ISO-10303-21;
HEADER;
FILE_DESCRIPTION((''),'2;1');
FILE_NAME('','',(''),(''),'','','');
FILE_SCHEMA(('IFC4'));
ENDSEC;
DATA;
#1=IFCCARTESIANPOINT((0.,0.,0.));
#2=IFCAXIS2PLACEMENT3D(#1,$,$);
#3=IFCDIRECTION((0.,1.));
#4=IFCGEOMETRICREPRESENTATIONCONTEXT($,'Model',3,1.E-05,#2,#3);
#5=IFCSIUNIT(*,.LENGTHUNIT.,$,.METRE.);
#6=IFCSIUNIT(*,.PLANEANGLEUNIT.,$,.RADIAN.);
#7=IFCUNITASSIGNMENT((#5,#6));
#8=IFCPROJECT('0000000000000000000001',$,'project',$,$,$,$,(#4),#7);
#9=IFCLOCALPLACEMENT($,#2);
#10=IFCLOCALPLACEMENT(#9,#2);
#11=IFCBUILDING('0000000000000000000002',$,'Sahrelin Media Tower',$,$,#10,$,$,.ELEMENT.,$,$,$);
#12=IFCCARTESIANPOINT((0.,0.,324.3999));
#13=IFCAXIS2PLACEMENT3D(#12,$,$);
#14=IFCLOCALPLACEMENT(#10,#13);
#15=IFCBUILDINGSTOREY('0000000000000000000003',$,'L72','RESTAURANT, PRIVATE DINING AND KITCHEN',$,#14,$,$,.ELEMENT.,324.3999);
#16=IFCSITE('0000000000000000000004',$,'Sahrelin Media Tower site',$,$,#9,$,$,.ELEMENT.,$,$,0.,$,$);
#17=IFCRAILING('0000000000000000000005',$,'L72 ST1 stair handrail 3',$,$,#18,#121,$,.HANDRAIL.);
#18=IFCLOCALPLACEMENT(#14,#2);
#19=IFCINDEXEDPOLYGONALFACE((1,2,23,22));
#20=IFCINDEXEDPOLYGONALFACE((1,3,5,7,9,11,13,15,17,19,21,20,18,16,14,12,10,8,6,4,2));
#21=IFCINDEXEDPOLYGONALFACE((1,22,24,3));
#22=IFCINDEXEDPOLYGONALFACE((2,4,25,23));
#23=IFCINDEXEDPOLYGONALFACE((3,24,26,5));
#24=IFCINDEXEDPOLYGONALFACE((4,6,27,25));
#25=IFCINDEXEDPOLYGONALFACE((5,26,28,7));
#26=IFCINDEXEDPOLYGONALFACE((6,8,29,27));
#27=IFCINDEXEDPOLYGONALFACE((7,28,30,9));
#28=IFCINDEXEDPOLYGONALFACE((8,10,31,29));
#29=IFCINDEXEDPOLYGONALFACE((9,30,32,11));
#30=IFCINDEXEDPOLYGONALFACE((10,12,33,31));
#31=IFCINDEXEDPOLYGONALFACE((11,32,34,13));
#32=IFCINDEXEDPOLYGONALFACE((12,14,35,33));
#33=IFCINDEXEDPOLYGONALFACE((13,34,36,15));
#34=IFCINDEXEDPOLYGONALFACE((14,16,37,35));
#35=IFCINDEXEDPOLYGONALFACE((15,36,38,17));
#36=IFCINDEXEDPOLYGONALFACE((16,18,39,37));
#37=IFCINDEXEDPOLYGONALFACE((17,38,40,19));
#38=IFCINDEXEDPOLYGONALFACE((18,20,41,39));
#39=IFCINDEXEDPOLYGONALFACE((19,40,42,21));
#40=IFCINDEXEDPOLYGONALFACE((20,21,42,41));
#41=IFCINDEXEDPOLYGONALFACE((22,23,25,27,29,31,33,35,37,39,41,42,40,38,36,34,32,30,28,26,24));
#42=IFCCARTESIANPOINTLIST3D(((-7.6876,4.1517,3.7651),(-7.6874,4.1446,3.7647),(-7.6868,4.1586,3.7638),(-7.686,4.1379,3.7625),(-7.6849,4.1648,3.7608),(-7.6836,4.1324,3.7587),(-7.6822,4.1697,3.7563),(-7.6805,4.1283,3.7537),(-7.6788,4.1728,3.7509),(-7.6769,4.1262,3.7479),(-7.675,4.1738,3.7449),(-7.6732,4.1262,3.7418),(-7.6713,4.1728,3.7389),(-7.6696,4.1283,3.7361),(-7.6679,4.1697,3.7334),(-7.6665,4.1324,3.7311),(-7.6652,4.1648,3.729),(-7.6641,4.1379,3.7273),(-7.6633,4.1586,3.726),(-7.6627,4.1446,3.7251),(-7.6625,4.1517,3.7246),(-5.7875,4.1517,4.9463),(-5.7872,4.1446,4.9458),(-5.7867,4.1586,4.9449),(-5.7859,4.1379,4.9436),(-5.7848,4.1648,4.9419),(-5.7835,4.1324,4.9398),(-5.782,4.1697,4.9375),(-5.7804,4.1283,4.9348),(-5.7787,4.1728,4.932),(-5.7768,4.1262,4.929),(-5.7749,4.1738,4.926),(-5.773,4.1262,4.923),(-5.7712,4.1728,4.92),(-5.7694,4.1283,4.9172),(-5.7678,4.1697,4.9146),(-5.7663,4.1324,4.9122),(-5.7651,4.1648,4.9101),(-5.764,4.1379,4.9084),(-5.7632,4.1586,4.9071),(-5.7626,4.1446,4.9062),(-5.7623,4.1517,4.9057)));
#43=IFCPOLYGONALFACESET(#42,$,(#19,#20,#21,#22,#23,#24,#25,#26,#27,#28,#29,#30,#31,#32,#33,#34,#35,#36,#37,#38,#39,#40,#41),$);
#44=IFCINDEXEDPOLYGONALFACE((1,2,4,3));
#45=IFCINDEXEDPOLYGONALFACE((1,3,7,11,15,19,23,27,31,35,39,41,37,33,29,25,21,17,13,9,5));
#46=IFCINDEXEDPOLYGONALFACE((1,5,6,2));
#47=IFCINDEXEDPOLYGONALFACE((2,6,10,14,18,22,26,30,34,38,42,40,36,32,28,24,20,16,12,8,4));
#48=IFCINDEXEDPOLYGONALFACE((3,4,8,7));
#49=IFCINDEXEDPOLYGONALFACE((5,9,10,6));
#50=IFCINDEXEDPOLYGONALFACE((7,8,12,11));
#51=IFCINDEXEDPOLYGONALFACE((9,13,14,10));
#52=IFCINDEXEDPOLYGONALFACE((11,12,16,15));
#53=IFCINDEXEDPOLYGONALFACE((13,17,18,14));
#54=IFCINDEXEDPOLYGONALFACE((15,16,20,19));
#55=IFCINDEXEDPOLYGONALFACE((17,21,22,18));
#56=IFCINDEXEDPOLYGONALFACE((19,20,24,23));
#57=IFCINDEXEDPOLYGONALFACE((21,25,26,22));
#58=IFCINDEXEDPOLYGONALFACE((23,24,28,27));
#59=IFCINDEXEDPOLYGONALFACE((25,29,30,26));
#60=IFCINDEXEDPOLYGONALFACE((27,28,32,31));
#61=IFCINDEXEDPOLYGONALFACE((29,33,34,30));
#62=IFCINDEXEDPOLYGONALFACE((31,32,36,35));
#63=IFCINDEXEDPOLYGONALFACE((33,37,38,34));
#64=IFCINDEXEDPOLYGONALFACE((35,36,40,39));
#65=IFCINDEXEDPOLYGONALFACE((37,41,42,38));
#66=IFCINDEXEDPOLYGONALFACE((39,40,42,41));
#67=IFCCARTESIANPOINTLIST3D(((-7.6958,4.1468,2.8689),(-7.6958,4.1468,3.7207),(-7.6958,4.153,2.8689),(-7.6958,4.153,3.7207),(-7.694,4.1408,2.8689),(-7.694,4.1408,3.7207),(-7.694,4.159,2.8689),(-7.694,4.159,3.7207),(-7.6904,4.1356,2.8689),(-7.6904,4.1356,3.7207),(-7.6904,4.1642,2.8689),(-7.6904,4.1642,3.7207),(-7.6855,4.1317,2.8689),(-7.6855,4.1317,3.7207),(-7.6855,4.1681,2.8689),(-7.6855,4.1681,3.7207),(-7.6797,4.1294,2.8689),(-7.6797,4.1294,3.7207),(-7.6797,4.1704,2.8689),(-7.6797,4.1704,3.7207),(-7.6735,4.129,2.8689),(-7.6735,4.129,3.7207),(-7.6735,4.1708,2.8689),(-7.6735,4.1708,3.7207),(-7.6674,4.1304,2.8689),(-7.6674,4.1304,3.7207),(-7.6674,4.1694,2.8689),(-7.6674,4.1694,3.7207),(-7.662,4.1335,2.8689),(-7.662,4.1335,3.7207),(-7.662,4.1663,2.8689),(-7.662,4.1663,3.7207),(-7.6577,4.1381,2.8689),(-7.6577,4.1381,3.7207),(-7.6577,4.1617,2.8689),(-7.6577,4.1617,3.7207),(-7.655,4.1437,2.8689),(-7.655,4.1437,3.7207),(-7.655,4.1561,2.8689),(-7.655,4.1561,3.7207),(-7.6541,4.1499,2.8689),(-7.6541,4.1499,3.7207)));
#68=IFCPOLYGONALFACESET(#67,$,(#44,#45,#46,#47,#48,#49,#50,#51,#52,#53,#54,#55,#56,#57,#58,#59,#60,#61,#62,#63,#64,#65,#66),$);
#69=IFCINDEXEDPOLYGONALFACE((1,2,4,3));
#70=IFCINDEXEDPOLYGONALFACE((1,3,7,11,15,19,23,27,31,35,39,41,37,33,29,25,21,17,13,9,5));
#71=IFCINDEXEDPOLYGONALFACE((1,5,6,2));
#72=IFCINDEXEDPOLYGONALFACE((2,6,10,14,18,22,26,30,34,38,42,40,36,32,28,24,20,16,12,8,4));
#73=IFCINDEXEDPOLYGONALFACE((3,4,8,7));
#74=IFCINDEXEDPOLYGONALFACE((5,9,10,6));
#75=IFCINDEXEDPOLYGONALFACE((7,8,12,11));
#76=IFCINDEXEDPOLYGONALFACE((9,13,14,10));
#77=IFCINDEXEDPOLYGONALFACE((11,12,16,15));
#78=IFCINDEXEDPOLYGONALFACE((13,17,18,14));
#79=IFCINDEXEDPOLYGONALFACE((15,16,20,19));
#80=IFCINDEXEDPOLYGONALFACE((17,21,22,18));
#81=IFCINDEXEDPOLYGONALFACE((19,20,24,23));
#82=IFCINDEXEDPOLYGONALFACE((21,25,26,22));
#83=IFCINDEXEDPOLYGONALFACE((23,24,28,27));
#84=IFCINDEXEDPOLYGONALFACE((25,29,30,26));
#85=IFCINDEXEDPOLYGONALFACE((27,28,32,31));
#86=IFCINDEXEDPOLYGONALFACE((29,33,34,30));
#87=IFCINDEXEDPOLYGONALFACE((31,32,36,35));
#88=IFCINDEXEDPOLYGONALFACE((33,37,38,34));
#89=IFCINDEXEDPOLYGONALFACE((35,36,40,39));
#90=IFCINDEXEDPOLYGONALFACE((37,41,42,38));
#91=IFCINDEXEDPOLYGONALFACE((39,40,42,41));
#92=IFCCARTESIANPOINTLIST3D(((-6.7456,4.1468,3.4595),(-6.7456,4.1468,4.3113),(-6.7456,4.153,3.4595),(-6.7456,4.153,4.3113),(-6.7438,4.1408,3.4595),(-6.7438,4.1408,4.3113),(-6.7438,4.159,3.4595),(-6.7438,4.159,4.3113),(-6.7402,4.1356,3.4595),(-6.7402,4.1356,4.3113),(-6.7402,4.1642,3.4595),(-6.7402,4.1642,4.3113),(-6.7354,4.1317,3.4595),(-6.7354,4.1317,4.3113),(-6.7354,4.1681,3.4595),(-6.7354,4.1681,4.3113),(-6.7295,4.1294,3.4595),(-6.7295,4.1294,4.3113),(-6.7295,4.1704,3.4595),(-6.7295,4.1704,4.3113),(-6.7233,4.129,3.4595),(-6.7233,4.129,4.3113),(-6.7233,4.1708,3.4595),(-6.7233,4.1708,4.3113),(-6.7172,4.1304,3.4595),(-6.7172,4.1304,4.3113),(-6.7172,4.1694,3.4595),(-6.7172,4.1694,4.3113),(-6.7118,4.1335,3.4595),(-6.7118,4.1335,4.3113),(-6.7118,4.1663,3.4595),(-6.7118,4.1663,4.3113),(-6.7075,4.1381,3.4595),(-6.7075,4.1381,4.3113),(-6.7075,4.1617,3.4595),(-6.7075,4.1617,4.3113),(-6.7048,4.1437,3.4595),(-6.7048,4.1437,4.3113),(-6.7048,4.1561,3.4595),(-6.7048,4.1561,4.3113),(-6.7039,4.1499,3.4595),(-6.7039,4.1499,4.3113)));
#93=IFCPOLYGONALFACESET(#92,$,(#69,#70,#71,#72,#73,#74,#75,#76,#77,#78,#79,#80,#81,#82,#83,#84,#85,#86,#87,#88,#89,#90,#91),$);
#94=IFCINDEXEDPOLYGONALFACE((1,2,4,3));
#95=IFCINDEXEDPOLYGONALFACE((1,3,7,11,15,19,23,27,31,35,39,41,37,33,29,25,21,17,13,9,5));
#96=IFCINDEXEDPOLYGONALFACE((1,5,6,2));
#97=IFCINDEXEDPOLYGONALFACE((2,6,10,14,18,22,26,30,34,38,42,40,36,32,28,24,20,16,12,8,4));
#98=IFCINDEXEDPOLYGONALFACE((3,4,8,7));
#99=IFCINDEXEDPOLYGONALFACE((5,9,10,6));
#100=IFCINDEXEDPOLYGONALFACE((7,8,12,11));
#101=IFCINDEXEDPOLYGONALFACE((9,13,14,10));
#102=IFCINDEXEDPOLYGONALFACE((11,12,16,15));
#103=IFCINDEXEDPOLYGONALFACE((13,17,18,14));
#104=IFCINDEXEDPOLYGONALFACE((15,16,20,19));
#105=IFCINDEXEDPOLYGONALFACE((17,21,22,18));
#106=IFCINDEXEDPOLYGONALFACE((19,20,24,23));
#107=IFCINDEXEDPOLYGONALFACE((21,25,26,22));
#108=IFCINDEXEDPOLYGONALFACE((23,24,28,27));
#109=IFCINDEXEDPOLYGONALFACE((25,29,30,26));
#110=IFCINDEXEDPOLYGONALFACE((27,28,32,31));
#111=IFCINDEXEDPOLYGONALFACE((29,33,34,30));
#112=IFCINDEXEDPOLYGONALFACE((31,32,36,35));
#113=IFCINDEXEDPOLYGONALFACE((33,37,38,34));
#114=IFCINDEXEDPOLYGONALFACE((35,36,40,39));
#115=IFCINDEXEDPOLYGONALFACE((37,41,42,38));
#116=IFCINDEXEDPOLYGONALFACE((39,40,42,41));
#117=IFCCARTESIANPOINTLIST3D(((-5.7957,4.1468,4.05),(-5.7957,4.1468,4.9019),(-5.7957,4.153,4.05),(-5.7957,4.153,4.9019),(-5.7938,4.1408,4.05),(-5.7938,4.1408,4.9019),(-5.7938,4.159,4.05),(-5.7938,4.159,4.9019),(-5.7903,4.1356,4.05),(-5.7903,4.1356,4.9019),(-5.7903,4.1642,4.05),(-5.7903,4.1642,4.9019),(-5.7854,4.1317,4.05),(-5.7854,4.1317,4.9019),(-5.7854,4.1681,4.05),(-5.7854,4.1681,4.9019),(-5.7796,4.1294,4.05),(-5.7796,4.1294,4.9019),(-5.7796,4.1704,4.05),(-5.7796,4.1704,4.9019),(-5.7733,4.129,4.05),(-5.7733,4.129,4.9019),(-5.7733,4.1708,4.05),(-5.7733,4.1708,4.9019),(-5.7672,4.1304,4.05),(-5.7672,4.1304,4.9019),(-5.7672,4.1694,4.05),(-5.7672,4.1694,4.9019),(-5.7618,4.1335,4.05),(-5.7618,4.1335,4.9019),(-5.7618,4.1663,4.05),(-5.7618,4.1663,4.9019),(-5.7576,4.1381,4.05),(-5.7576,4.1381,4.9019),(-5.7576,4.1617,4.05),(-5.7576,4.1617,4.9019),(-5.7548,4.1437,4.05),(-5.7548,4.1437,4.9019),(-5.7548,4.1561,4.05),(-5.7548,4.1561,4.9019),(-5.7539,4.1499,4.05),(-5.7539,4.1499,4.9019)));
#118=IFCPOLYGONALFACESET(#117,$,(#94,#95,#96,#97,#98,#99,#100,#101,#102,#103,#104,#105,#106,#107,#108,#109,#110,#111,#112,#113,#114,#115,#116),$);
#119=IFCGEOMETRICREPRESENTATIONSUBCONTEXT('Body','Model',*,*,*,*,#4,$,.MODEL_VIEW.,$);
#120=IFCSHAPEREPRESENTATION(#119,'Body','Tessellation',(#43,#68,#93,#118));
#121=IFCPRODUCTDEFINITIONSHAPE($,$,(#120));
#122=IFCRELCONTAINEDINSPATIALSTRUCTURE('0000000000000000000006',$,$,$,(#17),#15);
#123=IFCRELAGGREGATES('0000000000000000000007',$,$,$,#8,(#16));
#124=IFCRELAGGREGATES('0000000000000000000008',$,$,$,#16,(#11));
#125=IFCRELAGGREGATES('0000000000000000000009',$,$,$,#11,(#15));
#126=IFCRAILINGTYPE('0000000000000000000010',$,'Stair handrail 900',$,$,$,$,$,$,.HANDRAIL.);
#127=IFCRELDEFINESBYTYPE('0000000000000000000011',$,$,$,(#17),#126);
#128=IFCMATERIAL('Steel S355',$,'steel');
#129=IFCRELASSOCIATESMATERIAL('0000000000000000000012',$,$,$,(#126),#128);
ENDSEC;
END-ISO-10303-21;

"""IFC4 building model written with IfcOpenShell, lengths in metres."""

from ifc_helpers import new_model, si_unit, direction, frame, origin, origin_2d, place, context, subcontext, project, spatial, circle, extrude, material, type_object, element, save


model = new_model("IFC4")

# Units and contexts
model_context = context("Model", 3, precision=1e-05, world=origin(), true_north=direction((0.0, 1.0)))
body_context = subcontext(model_context, "Body", "Model", "MODEL_VIEW")
ifc_project = project(units=[si_unit("LENGTHUNIT", "METRE"), si_unit("PLANEANGLEUNIT", "RADIAN")], contexts=[model_context])

# Site, building, storey
site_placement = place(None, origin())
site = spatial("IfcSite", under=ifc_project, at=site_placement, Name="Sahrelin Media Tower site", CompositionType="ELEMENT", RefElevation=0.0)
building_placement = place(site_placement, origin())
building = spatial("IfcBuilding", under=site, at=building_placement, Name="Sahrelin Media Tower", CompositionType="ELEMENT")
storey_placement = place(building_placement, frame((0.0, 0.0, 324.3999)))
storey = spatial("IfcBuildingStorey", under=building, at=storey_placement, Name="L72", Description="RESTAURANT, PRIVATE DINING AND KITCHEN", CompositionType="ELEMENT", Elevation=324.3999)

# Shared definitions
ifc_material_1 = material(Name="Steel S355", Category="steel")

# Railing
railing_type_1 = type_object("IfcRailingType", Name="Stair handrail 900", PredefinedType="HANDRAIL", material=ifc_material_1)
railing_1_placement = place(storey_placement, frame((-7.675, 4.1499, 2.8689)))
element("IfcRailing", 1, at=railing_1_placement, inside=storey, type_object=railing_type_1, Name="L72 ST1 stair handrail 3", PredefinedType="HANDRAIL", context=body_context, shape_type="SweptSolid", body=[
    extrude(circle(Radius=0.0239, at=origin_2d()), frame((0.0, 0.0, 0.876), z_axis=(0.849289, 0.0, 0.527928), x_axis=(0.0, 1.0, 0.0)), (0.0, 0.0, 1.0), 2.2373),
    extrude(circle(Radius=0.021, at=origin_2d()), origin(), (0.0, 0.0, 1.0), 0.8518),
    extrude(circle(Radius=0.021, at=origin_2d()), frame((0.9502, 0.0, 0.5906)), (0.0, 0.0, 1.0), 0.8518),
    extrude(circle(Radius=0.021, at=origin_2d()), frame((1.9001, 0.0, 1.1812)), (0.0, 0.0, 1.0), 0.8518),
])

save(model, "model.ifc")
